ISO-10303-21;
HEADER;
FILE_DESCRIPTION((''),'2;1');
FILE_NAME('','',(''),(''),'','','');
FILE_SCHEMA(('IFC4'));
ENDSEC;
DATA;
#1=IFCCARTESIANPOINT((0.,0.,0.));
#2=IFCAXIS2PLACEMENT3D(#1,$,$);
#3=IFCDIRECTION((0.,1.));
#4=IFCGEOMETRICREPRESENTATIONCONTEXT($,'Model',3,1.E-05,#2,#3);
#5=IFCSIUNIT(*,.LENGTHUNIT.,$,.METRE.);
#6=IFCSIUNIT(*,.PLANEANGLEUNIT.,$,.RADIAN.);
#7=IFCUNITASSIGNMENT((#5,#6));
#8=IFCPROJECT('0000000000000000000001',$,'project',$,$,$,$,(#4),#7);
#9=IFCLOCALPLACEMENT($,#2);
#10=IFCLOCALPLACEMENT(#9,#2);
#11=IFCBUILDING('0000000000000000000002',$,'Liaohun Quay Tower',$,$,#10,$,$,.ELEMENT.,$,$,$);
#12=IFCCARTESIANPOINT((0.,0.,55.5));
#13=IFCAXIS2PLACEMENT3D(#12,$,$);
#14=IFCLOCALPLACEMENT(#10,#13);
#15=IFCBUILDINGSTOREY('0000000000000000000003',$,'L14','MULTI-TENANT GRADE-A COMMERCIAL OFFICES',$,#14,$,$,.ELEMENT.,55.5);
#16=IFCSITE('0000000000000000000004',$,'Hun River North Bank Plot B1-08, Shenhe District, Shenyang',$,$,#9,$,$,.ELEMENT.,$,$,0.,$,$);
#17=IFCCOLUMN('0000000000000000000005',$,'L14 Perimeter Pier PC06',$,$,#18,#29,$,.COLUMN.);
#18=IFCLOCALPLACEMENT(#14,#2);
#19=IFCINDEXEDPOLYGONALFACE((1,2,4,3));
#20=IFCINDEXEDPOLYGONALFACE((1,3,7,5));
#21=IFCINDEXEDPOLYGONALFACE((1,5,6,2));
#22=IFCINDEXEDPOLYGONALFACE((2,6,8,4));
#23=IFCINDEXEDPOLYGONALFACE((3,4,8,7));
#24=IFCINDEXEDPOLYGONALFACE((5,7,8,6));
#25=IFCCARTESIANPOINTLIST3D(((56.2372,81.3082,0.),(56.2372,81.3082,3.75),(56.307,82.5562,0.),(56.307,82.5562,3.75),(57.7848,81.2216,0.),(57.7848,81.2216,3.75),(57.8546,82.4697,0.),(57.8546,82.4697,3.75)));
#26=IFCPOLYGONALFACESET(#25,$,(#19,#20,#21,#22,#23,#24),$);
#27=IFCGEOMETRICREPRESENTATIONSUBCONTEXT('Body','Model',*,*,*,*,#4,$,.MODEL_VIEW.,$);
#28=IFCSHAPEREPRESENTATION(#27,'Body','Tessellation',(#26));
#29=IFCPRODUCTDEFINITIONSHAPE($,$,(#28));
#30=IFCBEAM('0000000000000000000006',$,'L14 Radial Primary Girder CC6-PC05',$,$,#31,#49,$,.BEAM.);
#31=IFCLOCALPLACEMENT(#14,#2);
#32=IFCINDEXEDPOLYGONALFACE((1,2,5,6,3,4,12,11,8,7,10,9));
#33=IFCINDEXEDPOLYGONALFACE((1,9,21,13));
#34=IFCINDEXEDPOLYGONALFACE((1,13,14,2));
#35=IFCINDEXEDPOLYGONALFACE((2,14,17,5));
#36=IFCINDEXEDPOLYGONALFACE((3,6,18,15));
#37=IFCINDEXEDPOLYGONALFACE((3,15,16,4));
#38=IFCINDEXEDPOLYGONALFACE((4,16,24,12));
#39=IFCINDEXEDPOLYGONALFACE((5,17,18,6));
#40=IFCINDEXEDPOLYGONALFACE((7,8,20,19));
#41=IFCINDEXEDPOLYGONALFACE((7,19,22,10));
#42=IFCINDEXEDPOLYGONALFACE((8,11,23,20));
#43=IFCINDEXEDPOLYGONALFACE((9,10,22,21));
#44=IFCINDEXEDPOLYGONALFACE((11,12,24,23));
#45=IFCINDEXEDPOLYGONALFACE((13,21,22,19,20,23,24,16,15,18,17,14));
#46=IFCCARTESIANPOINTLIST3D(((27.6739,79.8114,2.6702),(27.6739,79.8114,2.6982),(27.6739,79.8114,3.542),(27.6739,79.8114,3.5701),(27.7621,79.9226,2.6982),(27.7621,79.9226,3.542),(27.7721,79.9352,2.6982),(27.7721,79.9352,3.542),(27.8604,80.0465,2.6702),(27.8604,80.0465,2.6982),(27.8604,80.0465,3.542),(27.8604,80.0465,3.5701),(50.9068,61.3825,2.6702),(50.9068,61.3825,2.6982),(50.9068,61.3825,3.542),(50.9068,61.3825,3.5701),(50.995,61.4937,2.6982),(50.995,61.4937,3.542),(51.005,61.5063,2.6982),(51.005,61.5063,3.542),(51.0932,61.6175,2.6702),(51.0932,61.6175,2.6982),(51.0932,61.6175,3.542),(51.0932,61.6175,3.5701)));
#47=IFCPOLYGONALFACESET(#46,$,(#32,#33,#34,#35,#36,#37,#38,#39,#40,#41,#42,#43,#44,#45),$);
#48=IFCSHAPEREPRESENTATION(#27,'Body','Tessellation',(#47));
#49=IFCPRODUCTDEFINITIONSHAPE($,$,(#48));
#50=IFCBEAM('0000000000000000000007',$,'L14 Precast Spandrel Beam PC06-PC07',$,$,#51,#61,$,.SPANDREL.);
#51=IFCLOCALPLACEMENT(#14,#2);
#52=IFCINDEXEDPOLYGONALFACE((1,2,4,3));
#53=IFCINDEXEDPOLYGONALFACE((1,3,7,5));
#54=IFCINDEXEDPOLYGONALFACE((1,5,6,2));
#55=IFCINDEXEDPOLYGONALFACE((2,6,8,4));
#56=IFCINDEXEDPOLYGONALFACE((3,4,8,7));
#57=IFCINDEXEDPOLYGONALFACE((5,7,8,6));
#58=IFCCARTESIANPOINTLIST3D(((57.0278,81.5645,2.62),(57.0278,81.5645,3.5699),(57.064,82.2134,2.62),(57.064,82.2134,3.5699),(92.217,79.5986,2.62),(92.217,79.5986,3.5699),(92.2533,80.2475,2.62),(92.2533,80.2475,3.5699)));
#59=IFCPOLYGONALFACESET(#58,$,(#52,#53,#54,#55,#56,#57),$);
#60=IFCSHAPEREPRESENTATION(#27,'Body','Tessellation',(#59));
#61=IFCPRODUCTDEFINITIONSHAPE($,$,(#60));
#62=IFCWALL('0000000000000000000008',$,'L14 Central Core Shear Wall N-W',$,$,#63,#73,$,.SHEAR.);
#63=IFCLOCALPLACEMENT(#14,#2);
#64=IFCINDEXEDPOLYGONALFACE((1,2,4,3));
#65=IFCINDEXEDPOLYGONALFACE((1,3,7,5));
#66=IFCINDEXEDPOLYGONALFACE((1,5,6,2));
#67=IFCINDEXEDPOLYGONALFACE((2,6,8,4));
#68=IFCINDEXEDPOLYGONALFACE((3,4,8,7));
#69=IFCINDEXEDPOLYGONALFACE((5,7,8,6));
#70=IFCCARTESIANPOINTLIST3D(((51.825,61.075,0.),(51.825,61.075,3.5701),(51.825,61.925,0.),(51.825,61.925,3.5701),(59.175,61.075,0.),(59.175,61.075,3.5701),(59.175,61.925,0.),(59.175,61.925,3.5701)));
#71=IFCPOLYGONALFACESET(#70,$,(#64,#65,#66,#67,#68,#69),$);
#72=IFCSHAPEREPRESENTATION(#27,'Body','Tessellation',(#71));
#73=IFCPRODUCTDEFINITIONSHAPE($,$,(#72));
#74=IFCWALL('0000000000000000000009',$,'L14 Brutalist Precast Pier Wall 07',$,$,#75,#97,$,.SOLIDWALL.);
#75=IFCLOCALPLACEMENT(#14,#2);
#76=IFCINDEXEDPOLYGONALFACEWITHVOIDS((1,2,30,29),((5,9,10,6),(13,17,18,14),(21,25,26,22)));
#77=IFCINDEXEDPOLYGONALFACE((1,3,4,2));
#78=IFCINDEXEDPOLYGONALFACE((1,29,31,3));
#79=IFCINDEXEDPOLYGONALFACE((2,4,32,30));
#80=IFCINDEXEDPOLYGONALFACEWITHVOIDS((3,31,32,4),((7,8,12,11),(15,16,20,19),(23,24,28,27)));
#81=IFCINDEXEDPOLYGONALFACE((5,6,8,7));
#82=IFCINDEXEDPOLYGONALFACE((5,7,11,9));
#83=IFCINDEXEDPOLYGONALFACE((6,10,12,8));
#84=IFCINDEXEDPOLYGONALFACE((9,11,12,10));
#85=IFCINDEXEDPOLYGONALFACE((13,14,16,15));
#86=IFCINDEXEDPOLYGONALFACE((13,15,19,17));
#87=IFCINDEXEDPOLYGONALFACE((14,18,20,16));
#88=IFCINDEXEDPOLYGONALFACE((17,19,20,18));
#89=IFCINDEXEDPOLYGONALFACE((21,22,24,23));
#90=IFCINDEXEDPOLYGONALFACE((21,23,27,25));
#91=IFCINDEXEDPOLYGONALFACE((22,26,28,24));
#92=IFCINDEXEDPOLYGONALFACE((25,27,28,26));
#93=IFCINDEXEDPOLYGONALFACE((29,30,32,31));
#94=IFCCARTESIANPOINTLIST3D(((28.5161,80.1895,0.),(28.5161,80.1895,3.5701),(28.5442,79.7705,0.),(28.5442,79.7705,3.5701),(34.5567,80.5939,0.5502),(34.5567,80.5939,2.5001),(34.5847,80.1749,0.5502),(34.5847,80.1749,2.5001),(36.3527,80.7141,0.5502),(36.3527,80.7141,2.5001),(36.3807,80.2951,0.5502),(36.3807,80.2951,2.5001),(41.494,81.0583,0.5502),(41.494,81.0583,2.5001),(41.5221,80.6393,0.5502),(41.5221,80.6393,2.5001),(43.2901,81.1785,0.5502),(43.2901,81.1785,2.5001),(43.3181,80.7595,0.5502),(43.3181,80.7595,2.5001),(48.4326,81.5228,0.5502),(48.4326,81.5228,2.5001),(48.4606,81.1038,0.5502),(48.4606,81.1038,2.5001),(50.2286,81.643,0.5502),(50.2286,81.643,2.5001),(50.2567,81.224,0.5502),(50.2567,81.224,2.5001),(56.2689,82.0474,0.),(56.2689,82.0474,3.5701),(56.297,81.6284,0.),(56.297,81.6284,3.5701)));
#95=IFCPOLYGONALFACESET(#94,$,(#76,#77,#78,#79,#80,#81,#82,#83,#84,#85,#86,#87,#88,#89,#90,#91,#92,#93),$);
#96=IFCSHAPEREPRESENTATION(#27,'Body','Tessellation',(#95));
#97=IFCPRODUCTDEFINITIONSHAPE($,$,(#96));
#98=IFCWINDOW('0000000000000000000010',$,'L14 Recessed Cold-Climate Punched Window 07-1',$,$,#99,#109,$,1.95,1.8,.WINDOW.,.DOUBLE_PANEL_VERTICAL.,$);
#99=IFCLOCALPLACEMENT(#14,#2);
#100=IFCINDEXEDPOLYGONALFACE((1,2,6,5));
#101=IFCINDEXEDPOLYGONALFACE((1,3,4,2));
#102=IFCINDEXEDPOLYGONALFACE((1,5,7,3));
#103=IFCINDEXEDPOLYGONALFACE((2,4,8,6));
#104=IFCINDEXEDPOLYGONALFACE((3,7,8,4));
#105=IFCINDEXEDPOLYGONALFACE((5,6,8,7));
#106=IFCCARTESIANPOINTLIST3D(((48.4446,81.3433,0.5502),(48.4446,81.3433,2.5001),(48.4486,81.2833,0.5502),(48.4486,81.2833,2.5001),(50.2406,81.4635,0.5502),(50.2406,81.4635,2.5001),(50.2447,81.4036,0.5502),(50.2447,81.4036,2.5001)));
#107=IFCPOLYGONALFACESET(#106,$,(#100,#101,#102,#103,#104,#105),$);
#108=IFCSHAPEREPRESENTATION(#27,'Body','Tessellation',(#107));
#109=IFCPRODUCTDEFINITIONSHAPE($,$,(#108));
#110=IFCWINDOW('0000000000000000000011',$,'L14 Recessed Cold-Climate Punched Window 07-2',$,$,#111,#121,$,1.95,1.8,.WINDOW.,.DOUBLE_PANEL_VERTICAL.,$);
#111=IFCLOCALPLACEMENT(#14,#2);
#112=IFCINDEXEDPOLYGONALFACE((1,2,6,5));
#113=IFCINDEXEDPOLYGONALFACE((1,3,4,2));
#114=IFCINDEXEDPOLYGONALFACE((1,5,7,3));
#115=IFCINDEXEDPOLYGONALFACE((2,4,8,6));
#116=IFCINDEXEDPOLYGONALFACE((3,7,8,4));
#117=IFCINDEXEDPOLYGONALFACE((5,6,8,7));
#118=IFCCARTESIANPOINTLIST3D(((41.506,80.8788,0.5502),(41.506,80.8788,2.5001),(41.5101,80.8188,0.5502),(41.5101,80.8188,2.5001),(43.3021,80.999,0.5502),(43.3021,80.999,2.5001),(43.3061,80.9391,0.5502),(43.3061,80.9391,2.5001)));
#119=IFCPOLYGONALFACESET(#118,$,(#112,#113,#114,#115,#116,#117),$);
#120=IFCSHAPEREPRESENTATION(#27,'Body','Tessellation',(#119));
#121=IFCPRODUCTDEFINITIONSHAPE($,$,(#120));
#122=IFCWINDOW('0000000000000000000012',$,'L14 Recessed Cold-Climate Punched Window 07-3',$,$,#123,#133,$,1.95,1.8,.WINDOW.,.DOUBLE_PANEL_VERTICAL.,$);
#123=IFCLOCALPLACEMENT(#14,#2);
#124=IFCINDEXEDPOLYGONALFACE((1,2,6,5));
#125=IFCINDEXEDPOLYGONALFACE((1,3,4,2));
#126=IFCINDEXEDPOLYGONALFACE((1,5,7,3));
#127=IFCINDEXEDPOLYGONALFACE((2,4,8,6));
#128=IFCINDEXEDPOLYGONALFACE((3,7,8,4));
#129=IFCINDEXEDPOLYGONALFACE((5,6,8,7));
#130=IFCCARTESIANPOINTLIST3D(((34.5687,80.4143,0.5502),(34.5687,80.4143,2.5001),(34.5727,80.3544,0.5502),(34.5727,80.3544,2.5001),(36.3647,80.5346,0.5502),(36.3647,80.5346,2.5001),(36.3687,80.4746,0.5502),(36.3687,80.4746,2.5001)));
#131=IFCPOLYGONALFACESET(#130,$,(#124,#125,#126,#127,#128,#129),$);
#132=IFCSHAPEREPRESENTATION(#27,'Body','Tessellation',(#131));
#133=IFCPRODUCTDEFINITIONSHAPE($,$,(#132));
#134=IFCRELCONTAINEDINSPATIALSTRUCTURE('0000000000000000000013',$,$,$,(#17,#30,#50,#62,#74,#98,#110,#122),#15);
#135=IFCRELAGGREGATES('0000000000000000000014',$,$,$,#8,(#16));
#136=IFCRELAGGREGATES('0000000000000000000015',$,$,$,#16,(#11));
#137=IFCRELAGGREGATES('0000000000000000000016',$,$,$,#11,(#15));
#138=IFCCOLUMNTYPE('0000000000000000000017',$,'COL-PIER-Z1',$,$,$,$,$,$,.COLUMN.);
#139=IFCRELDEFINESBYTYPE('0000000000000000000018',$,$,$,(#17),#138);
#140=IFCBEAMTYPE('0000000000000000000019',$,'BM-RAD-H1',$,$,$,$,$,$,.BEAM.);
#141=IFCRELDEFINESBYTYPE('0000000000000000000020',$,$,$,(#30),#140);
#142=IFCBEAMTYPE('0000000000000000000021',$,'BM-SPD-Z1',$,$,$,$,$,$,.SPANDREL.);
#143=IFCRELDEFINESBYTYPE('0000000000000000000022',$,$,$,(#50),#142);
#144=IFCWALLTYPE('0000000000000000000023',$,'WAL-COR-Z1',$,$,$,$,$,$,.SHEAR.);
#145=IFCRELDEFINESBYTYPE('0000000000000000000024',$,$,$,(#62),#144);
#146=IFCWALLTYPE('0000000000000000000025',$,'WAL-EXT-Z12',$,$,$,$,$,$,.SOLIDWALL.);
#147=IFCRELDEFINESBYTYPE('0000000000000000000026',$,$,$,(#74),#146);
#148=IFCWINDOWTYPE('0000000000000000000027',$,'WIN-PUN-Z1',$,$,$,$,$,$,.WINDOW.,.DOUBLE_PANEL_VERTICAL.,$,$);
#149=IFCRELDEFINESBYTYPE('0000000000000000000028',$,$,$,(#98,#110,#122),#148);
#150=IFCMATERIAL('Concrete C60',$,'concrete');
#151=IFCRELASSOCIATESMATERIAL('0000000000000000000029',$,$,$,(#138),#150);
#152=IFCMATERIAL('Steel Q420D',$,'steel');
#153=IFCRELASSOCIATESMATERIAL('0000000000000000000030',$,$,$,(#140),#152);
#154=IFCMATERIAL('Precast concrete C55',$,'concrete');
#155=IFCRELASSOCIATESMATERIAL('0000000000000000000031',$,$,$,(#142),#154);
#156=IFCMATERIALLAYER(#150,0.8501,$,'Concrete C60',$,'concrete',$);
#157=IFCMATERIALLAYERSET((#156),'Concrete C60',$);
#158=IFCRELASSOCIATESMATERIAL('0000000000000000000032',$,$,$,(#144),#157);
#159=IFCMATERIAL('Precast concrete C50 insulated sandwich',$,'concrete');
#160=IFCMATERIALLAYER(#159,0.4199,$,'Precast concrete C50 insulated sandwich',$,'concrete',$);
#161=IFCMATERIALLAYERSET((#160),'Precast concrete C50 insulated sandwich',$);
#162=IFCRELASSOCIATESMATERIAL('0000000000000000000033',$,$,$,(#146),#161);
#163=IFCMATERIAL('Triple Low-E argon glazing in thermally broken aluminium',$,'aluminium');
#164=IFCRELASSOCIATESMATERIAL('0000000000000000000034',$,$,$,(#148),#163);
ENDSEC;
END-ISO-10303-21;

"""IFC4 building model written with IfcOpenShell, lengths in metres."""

from ifc_helpers import new_model, si_unit, direction, frame, frame_2d, origin, origin_2d, place, context, subcontext, project, spatial, rectangle, i_section, extrude, source, transform, mapped, material, layer, layer_set, material_profile, profile_set, type_object, element, fill, save


model = new_model("IFC4")

# Units and contexts
model_context = context("Model", 3, precision=1e-05, world=origin(), true_north=direction((0.0, 1.0)))
body_context = subcontext(model_context, "Body", "Model", "MODEL_VIEW")
ifc_project = project(units=[si_unit("LENGTHUNIT", "METRE"), si_unit("PLANEANGLEUNIT", "RADIAN")], contexts=[model_context])

# Site, building, storey
site_placement = place(None, origin())
site = spatial("IfcSite", under=ifc_project, at=site_placement, Name="Hun River North Bank Plot B1-08, Shenhe District, Shenyang", CompositionType="ELEMENT", RefElevation=0.0)
building_placement = place(site_placement, origin())
building = spatial("IfcBuilding", under=site, at=building_placement, Name="Liaohun Quay Tower", CompositionType="ELEMENT")
storey_placement = place(building_placement, frame((0.0, 0.0, 55.5)))
storey = spatial("IfcBuildingStorey", under=building, at=storey_placement, Name="L14", Description="MULTI-TENANT GRADE-A COMMERCIAL OFFICES", CompositionType="ELEMENT", Elevation=55.5)

# Column
ifc_material_1 = material(Name="Concrete C60", Category="concrete")
ifc_material_profile_1 = material_profile(ifc_material_1, rectangle(XDim=1.55, YDim=1.25, at=origin_2d()), Name="RC1550x1250")
ifc_profile_set_1 = profile_set([ifc_material_profile_1], Name="Concrete C60")
column_type = type_object("IfcColumnType", Name="COL-PIER-Z1", PredefinedType="COLUMN", material=ifc_profile_set_1)
shared_shape_1 = source(origin(), body_context, "Body", "SweptSolid", [
    extrude(rectangle(XDim=1.55, YDim=1.25, at=origin_2d()), origin(), (0.0, 0.0, 1.0), 3.75),
])
column_placement = place(storey_placement, frame((57.0459, 81.8889, 0.0), z_axis=(0.0, 0.0, 1.0), x_axis=(-0.998441, 0.055822, 0.0)))
element("IfcColumn", 1, at=column_placement, inside=storey, type_object=column_type, Name="L14 Perimeter Pier PC06", PredefinedType="COLUMN", context=body_context, shape_type="MappedRepresentation", body=[
    mapped(shared_shape_1, transform((0.0, 0.0, 0.0), x_axis=(1.0, 0.0, 0.0), y_axis=(0.0, 1.0, 0.0), z_axis=(0.0, 0.0, 1.0), scale=1.0)),
])

# Beams
ifc_material_2 = material(Name="Steel Q420D", Category="steel")
ifc_material_profile_2 = material_profile(ifc_material_2, i_section(OverallWidth=0.3, OverallDepth=0.8999, WebThickness=0.0161, FlangeThickness=0.0281, at=origin_2d()), Name="HN900x300x16x28")
ifc_profile_set_2 = profile_set([ifc_material_profile_2], Name="Steel Q420D")
beam_type_1 = type_object("IfcBeamType", Name="BM-RAD-H1", PredefinedType="BEAM", material=ifc_profile_set_2)
shared_shape_2 = source(origin(), body_context, "Body", "SweptSolid", [
    extrude(i_section(OverallWidth=0.3, OverallDepth=0.8999, WebThickness=0.0161, FlangeThickness=0.0281, at=origin_2d()), origin(), (0.0, 0.0, 1.0), 29.6545),
])
beam_1_placement = place(storey_placement, frame((51.0, 61.5, 3.1201), z_axis=(-0.783451, 0.621454, 0.0), x_axis=(-0.621454, -0.783451, 0.0)))
element("IfcBeam", 2, at=beam_1_placement, inside=storey, type_object=beam_type_1, Name="L14 Radial Primary Girder CC6-PC05", PredefinedType="BEAM", context=body_context, shape_type="MappedRepresentation", body=[
    mapped(shared_shape_2, transform((0.0, 0.0, 0.0), x_axis=(1.0, 0.0, 0.0), y_axis=(0.0, 1.0, 0.0), z_axis=(0.0, 0.0, 1.0), scale=1.0)),
])
ifc_material_3 = material(Name="Precast concrete C55", Category="concrete")
ifc_material_profile_3 = material_profile(ifc_material_3, rectangle(XDim=0.6499, YDim=0.95, at=origin_2d()), Name="RC650x950")
ifc_profile_set_3 = profile_set([ifc_material_profile_3], Name="Precast concrete C55")
beam_type_2 = type_object("IfcBeamType", Name="BM-SPD-Z1", PredefinedType="SPANDREL", material=ifc_profile_set_3)
shared_shape_3 = source(origin(), body_context, "Body", "SweptSolid", [
    extrude(rectangle(XDim=0.6499, YDim=0.95, at=origin_2d()), origin(), (0.0, 0.0, 1.0), 35.2441),
])
beam_2_placement = place(storey_placement, frame((57.0459, 81.8889, 3.095), z_axis=(0.998443, -0.055777, 0.0), x_axis=(0.055777, 0.998443, 0.0)))
element("IfcBeam", 3, at=beam_2_placement, inside=storey, type_object=beam_type_2, Name="L14 Precast Spandrel Beam PC06-PC07", PredefinedType="SPANDREL", context=body_context, shape_type="MappedRepresentation", body=[
    mapped(shared_shape_3, transform((0.0, 0.0, 0.0), x_axis=(1.0, 0.0, 0.0), y_axis=(0.0, 1.0, 0.0), z_axis=(0.0, 0.0, 1.0), scale=1.0)),
])

# Wall
ifc_layer_1 = layer(ifc_material_1, 0.8501, Name="Concrete C60", Category="concrete")
ifc_layer_set_1 = layer_set([ifc_layer_1], Name="Concrete C60")
wall_type_1 = type_object("IfcWallType", Name="WAL-COR-Z1", PredefinedType="SHEAR", material=ifc_layer_set_1)
wall_1_placement = place(storey_placement, frame((51.825, 61.5, 0.0), z_axis=(0.0, 0.0, 1.0), x_axis=(1.0, 0.0, 0.0)))
element("IfcWall", 4, at=wall_1_placement, inside=storey, type_object=wall_type_1, Name="L14 Central Core Shear Wall N-W", PredefinedType="SHEAR", context=body_context, shape_type="SweptSolid", body=[
    extrude(rectangle(XDim=7.3501, YDim=0.8501, at=frame_2d((3.675, 0.0))), origin(), (0.0, 0.0, 1.0), 3.5701),
])

# Wall, openings, windows
ifc_material_4 = material(Name="Precast concrete C50 insulated sandwich", Category="concrete")
ifc_layer_2 = layer(ifc_material_4, 0.4199, Name="Precast concrete C50 insulated sandwich", Category="concrete")
ifc_layer_set_2 = layer_set([ifc_layer_2], Name="Precast concrete C50 insulated sandwich")
wall_type_2 = type_object("IfcWallType", Name="WAL-EXT-Z12", PredefinedType="SOLIDWALL", material=ifc_layer_set_2)
wall_2_placement = place(storey_placement, frame((56.283, 81.8379, 0.0), z_axis=(0.0, 0.0, 1.0), x_axis=(-0.997767, -0.066795, 0.0)))
wall_2 = element("IfcWall", 5, at=wall_2_placement, inside=storey, type_object=wall_type_2, Name="L14 Brutalist Precast Pier Wall 07", PredefinedType="SOLIDWALL", context=body_context, shape_type="SweptSolid", body=[
    extrude(rectangle(XDim=27.8149, YDim=0.4199, at=frame_2d((13.9075, 0.0))), origin(), (0.0, 0.0, 1.0), 3.5701),
])
shared_shape_4 = source(origin(), body_context, "Body", "SweptSolid", [
    extrude(rectangle(XDim=1.8, YDim=1.95, at=frame_2d((0.8999, 0.9751))), frame((0.0, 0.22, 0.0), z_axis=(0.0, -1.0, 0.0), x_axis=(1.0, 0.0, 0.0)), (0.0, 0.0, 1.0), 0.4399),
])
opening_1_placement = place(wall_2_placement, frame((6.054, 0.0, 0.55)))
opening_1 = element("IfcOpeningElement", 6, at=opening_1_placement, cuts=wall_2, PredefinedType="OPENING", context=body_context, shape_type="MappedRepresentation", body=[
    mapped(shared_shape_4, transform((0.0, 0.0, 0.0), x_axis=(1.0, 0.0, 0.0), y_axis=(0.0, 1.0, 0.0), z_axis=(0.0, 0.0, 1.0), scale=1.0)),
])
opening_2_placement = place(wall_2_placement, frame((13.0081, 0.0, 0.55)))
opening_2 = element("IfcOpeningElement", 7, at=opening_2_placement, cuts=wall_2, PredefinedType="OPENING", context=body_context, shape_type="MappedRepresentation", body=[
    mapped(shared_shape_4, transform((0.0, 0.0, 0.0), x_axis=(1.0, 0.0, 0.0), y_axis=(0.0, 1.0, 0.0), z_axis=(0.0, 0.0, 1.0), scale=1.0)),
])
opening_3_placement = place(wall_2_placement, frame((19.9609, 0.0, 0.55)))
opening_3 = element("IfcOpeningElement", 8, at=opening_3_placement, cuts=wall_2, PredefinedType="OPENING", context=body_context, shape_type="MappedRepresentation", body=[
    mapped(shared_shape_4, transform((0.0, 0.0, 0.0), x_axis=(1.0, 0.0, 0.0), y_axis=(0.0, 1.0, 0.0), z_axis=(0.0, 0.0, 1.0), scale=1.0)),
])
ifc_material_5 = material(Name="Triple Low-E argon glazing in thermally broken aluminium", Category="aluminium")
window_type = type_object("IfcWindowType", Name="WIN-PUN-Z1", PartitioningType="DOUBLE_PANEL_VERTICAL", PredefinedType="WINDOW", material=ifc_material_5)
shared_shape_5 = source(origin(), body_context, "Body", "SweptSolid", [
    extrude(rectangle(XDim=1.8, YDim=1.95, at=frame_2d((0.8999, 0.9751))), frame((0.0, 0.03, 0.0), z_axis=(0.0, -1.0, 0.0), x_axis=(1.0, 0.0, 0.0)), (0.0, 0.0, 1.0), 0.0601),
])
window_1_placement = place(opening_1_placement, origin())
window_1 = element("IfcWindow", 9, at=window_1_placement, inside=storey, type_object=window_type, Name="L14 Recessed Cold-Climate Punched Window 07-1", OverallHeight=1.95, OverallWidth=1.8, PartitioningType="DOUBLE_PANEL_VERTICAL", PredefinedType="WINDOW", context=body_context, shape_type="MappedRepresentation", body=[
    mapped(shared_shape_5, transform((0.0, 0.0, 0.0), x_axis=(1.0, 0.0, 0.0), y_axis=(0.0, 1.0, 0.0), z_axis=(0.0, 0.0, 1.0), scale=1.0)),
])
fill(opening_1, window_1)
window_2_placement = place(opening_2_placement, origin())
window_2 = element("IfcWindow", 10, at=window_2_placement, inside=storey, type_object=window_type, Name="L14 Recessed Cold-Climate Punched Window 07-2", OverallHeight=1.95, OverallWidth=1.8, PartitioningType="DOUBLE_PANEL_VERTICAL", PredefinedType="WINDOW", context=body_context, shape_type="MappedRepresentation", body=[
    mapped(shared_shape_5, transform((0.0, 0.0, 0.0), x_axis=(1.0, 0.0, 0.0), y_axis=(0.0, 1.0, 0.0), z_axis=(0.0, 0.0, 1.0), scale=1.0)),
])
fill(opening_2, window_2)
window_3_placement = place(opening_3_placement, origin())
window_3 = element("IfcWindow", 11, at=window_3_placement, inside=storey, type_object=window_type, Name="L14 Recessed Cold-Climate Punched Window 07-3", OverallHeight=1.95, OverallWidth=1.8, PartitioningType="DOUBLE_PANEL_VERTICAL", PredefinedType="WINDOW", context=body_context, shape_type="MappedRepresentation", body=[
    mapped(shared_shape_5, transform((0.0, 0.0, 0.0), x_axis=(1.0, 0.0, 0.0), y_axis=(0.0, 1.0, 0.0), z_axis=(0.0, 0.0, 1.0), scale=1.0)),
])
fill(opening_3, window_3)

save(model, "model.ifc")
